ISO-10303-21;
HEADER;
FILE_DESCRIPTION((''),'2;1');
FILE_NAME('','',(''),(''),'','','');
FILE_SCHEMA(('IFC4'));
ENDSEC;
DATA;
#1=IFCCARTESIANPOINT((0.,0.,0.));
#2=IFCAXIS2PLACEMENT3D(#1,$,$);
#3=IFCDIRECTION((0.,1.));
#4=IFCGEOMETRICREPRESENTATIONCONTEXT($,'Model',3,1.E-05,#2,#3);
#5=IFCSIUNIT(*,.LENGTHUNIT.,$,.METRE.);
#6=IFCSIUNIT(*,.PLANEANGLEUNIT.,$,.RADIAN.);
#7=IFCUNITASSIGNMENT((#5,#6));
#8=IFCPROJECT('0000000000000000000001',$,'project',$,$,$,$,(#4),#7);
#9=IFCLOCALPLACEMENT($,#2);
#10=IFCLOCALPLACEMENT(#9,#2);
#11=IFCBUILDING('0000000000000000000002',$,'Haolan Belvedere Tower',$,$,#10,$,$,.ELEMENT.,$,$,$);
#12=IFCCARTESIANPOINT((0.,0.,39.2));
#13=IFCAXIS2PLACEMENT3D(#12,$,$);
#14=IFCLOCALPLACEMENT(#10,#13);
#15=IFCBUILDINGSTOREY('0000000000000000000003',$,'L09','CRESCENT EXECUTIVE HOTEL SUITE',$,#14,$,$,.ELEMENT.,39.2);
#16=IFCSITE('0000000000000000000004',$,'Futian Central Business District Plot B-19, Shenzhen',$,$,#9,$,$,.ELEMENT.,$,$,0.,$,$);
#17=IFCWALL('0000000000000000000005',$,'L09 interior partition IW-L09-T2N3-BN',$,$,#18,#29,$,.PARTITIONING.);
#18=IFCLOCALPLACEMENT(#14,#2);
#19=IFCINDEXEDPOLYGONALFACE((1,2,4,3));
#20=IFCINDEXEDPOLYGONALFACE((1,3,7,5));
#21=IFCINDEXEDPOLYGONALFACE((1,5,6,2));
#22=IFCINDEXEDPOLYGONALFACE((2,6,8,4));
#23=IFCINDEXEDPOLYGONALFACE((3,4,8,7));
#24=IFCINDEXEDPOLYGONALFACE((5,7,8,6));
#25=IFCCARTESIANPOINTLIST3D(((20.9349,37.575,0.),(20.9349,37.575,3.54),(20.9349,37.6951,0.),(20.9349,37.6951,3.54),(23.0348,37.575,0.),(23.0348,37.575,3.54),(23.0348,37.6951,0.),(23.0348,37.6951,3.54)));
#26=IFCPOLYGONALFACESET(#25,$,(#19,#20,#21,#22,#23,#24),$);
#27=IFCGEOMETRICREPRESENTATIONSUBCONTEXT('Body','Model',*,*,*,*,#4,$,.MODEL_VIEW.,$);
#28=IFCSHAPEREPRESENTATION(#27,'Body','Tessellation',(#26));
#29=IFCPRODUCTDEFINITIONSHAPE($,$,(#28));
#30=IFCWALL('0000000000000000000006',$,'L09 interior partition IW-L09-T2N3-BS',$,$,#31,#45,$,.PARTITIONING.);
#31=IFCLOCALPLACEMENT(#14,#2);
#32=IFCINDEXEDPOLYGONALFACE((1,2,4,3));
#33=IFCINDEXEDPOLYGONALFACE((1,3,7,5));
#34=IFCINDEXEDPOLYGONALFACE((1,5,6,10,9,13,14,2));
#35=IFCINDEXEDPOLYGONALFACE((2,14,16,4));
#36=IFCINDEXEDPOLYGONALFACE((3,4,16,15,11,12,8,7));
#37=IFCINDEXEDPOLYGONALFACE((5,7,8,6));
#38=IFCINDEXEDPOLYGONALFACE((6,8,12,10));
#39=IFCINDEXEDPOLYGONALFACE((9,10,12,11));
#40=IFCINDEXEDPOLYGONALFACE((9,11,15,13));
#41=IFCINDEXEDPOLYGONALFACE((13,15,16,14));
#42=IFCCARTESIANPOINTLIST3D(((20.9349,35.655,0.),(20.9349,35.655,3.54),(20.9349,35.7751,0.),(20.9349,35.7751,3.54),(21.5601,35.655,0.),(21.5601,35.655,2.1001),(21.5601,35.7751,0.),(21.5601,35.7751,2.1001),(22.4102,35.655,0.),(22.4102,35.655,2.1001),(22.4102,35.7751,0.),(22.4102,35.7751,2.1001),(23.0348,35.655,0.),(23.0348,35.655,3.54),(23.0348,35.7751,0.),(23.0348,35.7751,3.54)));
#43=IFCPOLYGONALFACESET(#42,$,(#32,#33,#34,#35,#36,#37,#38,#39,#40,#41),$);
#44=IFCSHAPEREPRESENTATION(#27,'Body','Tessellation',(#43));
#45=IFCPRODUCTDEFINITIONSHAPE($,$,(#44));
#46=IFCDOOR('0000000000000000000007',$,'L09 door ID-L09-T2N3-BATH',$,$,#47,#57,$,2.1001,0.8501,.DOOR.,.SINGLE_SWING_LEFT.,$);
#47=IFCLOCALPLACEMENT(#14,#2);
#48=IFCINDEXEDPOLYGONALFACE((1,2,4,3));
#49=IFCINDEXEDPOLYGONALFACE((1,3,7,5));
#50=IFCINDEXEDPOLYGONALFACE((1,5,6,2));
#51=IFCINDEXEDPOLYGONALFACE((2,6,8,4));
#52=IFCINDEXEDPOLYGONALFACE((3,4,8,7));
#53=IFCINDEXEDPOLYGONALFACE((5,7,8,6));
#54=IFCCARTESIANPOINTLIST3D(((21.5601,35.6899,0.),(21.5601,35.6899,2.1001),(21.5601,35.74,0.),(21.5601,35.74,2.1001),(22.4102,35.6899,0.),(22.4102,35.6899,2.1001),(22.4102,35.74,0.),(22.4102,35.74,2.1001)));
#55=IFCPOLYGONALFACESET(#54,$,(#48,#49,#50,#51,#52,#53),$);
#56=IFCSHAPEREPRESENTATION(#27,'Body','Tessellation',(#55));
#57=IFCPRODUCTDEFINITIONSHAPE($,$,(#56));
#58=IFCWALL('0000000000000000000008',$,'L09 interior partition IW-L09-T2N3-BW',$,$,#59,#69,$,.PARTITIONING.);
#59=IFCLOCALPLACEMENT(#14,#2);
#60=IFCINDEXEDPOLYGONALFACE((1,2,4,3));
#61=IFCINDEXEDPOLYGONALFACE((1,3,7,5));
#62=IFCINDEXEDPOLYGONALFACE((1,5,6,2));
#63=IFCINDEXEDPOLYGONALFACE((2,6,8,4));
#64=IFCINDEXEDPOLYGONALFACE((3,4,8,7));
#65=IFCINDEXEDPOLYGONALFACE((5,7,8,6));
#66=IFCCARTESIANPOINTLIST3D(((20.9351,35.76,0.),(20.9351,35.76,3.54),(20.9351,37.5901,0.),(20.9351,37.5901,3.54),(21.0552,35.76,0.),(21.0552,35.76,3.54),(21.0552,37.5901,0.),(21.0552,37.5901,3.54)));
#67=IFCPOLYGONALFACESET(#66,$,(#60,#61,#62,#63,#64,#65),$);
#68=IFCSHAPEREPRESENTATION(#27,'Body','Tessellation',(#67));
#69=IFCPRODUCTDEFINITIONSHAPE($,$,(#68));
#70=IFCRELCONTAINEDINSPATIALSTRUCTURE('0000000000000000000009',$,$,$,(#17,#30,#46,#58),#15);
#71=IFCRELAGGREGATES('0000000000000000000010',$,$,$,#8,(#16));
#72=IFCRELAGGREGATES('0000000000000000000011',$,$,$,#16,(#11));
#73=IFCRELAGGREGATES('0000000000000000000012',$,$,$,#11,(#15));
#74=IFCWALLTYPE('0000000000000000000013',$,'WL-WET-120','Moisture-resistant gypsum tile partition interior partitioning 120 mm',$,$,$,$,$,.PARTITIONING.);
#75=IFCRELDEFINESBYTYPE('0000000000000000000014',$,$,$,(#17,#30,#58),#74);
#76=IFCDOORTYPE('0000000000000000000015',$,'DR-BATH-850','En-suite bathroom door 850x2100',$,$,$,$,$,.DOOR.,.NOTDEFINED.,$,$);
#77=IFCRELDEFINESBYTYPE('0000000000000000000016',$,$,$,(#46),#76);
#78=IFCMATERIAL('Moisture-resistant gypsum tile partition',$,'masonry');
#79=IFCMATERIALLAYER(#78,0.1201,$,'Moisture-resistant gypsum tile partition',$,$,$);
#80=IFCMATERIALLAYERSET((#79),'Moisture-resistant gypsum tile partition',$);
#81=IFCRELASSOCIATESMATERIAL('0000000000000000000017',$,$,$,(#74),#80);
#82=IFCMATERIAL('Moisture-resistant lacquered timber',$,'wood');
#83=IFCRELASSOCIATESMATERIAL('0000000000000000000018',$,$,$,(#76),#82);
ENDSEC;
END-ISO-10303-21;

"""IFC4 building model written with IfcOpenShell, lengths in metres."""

from ifc_helpers import new_model, si_unit, direction, frame, frame_2d, origin, place, context, subcontext, project, spatial, rectangle, extrude, material, layer, layer_set, type_object, element, fill, save


model = new_model("IFC4")

# Units and contexts
model_context = context("Model", 3, precision=1e-05, world=origin(), true_north=direction((0.0, 1.0)))
body_context = subcontext(model_context, "Body", "Model", "MODEL_VIEW")
ifc_project = project(units=[si_unit("LENGTHUNIT", "METRE"), si_unit("PLANEANGLEUNIT", "RADIAN")], contexts=[model_context])

# Site, building, storey
site_placement = place(None, origin())
site = spatial("IfcSite", under=ifc_project, at=site_placement, Name="Futian Central Business District Plot B-19, Shenzhen", CompositionType="ELEMENT", RefElevation=0.0)
building_placement = place(site_placement, origin())
building = spatial("IfcBuilding", under=site, at=building_placement, Name="Haolan Belvedere Tower", CompositionType="ELEMENT")
storey_placement = place(building_placement, frame((0.0, 0.0, 39.2)))
storey = spatial("IfcBuildingStorey", under=building, at=storey_placement, Name="L09", Description="CRESCENT EXECUTIVE HOTEL SUITE", CompositionType="ELEMENT", Elevation=39.2)

# Wall
ifc_material_1 = material(Name="Moisture-resistant gypsum tile partition", Category="masonry")
ifc_layer_1 = layer(ifc_material_1, 0.1201, Name="Moisture-resistant gypsum tile partition")
ifc_layer_set_1 = layer_set([ifc_layer_1], Name="Moisture-resistant gypsum tile partition")
wall_type_1 = type_object("IfcWallType", Name="WL-WET-120", Description="Moisture-resistant gypsum tile partition interior partitioning 120 mm", PredefinedType="PARTITIONING", material=ifc_layer_set_1)
wall_1_placement = place(storey_placement, frame((20.9351, 37.635, 0.0), z_axis=(0.0, 0.0, 1.0), x_axis=(1.0, 0.0, 0.0)))
element("IfcWall", 1, at=wall_1_placement, inside=storey, type_object=wall_type_1, Name="L09 interior partition IW-L09-T2N3-BN", PredefinedType="PARTITIONING", context=body_context, shape_type="SweptSolid", body=[
    extrude(rectangle(XDim=2.0999, YDim=0.1201, at=frame_2d((1.0498, 0.0))), origin(), (0.0, 0.0, 1.0), 3.54),
])

# Wall, opening, door
wall_2_placement = place(storey_placement, frame((20.9351, 35.7151, 0.0), z_axis=(0.0, 0.0, 1.0), x_axis=(1.0, 0.0, 0.0)))
wall_2 = element("IfcWall", 2, at=wall_2_placement, inside=storey, type_object=wall_type_1, Name="L09 interior partition IW-L09-T2N3-BS", PredefinedType="PARTITIONING", context=body_context, shape_type="SweptSolid", body=[
    extrude(rectangle(XDim=2.0999, YDim=0.1201, at=frame_2d((1.0498, 0.0))), origin(), (0.0, 0.0, 1.0), 3.54),
])
opening_1_placement = place(wall_2_placement, frame((0.625, 0.0, 0.0)))
opening_1 = element("IfcOpeningElement", 3, at=opening_1_placement, cuts=wall_2, PredefinedType="OPENING", context=body_context, shape_type="SweptSolid", body=[
    extrude(rectangle(XDim=0.8501, YDim=2.1001, at=frame_2d((0.425, 1.05))), frame((0.0, 0.0701, 0.0), z_axis=(0.0, -1.0, 0.0), x_axis=(1.0, 0.0, 0.0)), (0.0, 0.0, 1.0), 0.1401),
])
ifc_material_2 = material(Name="Moisture-resistant lacquered timber", Category="wood")
door_type = type_object("IfcDoorType", Name="DR-BATH-850", Description="En-suite bathroom door 850x2100", OperationType="NOTDEFINED", PredefinedType="DOOR", material=ifc_material_2)
door_placement = place(opening_1_placement, origin())
door = element("IfcDoor", 4, at=door_placement, inside=storey, type_object=door_type, Name="L09 door ID-L09-T2N3-BATH", OperationType="SINGLE_SWING_LEFT", OverallHeight=2.1001, OverallWidth=0.8501, PredefinedType="DOOR", context=body_context, shape_type="SweptSolid", body=[
    extrude(rectangle(XDim=0.8501, YDim=2.1001, at=frame_2d((0.425, 1.05))), frame((0.0, 0.0249, 0.0), z_axis=(0.0, -1.0, 0.0), x_axis=(1.0, 0.0, 0.0)), (0.0, 0.0, 1.0), 0.05),
])
fill(opening_1, door)

# Wall
wall_3_placement = place(storey_placement, frame((20.9951, 35.76, 0.0), z_axis=(0.0, 0.0, 1.0), x_axis=(0.0, 1.0, 0.0)))
element("IfcWall", 5, at=wall_3_placement, inside=storey, type_object=wall_type_1, Name="L09 interior partition IW-L09-T2N3-BW", PredefinedType="PARTITIONING", context=body_context, shape_type="SweptSolid", body=[
    extrude(rectangle(XDim=1.8301, YDim=0.1201, at=frame_2d((0.915, 0.0))), origin(), (0.0, 0.0, 1.0), 3.54),
])

save(model, "model.ifc")
